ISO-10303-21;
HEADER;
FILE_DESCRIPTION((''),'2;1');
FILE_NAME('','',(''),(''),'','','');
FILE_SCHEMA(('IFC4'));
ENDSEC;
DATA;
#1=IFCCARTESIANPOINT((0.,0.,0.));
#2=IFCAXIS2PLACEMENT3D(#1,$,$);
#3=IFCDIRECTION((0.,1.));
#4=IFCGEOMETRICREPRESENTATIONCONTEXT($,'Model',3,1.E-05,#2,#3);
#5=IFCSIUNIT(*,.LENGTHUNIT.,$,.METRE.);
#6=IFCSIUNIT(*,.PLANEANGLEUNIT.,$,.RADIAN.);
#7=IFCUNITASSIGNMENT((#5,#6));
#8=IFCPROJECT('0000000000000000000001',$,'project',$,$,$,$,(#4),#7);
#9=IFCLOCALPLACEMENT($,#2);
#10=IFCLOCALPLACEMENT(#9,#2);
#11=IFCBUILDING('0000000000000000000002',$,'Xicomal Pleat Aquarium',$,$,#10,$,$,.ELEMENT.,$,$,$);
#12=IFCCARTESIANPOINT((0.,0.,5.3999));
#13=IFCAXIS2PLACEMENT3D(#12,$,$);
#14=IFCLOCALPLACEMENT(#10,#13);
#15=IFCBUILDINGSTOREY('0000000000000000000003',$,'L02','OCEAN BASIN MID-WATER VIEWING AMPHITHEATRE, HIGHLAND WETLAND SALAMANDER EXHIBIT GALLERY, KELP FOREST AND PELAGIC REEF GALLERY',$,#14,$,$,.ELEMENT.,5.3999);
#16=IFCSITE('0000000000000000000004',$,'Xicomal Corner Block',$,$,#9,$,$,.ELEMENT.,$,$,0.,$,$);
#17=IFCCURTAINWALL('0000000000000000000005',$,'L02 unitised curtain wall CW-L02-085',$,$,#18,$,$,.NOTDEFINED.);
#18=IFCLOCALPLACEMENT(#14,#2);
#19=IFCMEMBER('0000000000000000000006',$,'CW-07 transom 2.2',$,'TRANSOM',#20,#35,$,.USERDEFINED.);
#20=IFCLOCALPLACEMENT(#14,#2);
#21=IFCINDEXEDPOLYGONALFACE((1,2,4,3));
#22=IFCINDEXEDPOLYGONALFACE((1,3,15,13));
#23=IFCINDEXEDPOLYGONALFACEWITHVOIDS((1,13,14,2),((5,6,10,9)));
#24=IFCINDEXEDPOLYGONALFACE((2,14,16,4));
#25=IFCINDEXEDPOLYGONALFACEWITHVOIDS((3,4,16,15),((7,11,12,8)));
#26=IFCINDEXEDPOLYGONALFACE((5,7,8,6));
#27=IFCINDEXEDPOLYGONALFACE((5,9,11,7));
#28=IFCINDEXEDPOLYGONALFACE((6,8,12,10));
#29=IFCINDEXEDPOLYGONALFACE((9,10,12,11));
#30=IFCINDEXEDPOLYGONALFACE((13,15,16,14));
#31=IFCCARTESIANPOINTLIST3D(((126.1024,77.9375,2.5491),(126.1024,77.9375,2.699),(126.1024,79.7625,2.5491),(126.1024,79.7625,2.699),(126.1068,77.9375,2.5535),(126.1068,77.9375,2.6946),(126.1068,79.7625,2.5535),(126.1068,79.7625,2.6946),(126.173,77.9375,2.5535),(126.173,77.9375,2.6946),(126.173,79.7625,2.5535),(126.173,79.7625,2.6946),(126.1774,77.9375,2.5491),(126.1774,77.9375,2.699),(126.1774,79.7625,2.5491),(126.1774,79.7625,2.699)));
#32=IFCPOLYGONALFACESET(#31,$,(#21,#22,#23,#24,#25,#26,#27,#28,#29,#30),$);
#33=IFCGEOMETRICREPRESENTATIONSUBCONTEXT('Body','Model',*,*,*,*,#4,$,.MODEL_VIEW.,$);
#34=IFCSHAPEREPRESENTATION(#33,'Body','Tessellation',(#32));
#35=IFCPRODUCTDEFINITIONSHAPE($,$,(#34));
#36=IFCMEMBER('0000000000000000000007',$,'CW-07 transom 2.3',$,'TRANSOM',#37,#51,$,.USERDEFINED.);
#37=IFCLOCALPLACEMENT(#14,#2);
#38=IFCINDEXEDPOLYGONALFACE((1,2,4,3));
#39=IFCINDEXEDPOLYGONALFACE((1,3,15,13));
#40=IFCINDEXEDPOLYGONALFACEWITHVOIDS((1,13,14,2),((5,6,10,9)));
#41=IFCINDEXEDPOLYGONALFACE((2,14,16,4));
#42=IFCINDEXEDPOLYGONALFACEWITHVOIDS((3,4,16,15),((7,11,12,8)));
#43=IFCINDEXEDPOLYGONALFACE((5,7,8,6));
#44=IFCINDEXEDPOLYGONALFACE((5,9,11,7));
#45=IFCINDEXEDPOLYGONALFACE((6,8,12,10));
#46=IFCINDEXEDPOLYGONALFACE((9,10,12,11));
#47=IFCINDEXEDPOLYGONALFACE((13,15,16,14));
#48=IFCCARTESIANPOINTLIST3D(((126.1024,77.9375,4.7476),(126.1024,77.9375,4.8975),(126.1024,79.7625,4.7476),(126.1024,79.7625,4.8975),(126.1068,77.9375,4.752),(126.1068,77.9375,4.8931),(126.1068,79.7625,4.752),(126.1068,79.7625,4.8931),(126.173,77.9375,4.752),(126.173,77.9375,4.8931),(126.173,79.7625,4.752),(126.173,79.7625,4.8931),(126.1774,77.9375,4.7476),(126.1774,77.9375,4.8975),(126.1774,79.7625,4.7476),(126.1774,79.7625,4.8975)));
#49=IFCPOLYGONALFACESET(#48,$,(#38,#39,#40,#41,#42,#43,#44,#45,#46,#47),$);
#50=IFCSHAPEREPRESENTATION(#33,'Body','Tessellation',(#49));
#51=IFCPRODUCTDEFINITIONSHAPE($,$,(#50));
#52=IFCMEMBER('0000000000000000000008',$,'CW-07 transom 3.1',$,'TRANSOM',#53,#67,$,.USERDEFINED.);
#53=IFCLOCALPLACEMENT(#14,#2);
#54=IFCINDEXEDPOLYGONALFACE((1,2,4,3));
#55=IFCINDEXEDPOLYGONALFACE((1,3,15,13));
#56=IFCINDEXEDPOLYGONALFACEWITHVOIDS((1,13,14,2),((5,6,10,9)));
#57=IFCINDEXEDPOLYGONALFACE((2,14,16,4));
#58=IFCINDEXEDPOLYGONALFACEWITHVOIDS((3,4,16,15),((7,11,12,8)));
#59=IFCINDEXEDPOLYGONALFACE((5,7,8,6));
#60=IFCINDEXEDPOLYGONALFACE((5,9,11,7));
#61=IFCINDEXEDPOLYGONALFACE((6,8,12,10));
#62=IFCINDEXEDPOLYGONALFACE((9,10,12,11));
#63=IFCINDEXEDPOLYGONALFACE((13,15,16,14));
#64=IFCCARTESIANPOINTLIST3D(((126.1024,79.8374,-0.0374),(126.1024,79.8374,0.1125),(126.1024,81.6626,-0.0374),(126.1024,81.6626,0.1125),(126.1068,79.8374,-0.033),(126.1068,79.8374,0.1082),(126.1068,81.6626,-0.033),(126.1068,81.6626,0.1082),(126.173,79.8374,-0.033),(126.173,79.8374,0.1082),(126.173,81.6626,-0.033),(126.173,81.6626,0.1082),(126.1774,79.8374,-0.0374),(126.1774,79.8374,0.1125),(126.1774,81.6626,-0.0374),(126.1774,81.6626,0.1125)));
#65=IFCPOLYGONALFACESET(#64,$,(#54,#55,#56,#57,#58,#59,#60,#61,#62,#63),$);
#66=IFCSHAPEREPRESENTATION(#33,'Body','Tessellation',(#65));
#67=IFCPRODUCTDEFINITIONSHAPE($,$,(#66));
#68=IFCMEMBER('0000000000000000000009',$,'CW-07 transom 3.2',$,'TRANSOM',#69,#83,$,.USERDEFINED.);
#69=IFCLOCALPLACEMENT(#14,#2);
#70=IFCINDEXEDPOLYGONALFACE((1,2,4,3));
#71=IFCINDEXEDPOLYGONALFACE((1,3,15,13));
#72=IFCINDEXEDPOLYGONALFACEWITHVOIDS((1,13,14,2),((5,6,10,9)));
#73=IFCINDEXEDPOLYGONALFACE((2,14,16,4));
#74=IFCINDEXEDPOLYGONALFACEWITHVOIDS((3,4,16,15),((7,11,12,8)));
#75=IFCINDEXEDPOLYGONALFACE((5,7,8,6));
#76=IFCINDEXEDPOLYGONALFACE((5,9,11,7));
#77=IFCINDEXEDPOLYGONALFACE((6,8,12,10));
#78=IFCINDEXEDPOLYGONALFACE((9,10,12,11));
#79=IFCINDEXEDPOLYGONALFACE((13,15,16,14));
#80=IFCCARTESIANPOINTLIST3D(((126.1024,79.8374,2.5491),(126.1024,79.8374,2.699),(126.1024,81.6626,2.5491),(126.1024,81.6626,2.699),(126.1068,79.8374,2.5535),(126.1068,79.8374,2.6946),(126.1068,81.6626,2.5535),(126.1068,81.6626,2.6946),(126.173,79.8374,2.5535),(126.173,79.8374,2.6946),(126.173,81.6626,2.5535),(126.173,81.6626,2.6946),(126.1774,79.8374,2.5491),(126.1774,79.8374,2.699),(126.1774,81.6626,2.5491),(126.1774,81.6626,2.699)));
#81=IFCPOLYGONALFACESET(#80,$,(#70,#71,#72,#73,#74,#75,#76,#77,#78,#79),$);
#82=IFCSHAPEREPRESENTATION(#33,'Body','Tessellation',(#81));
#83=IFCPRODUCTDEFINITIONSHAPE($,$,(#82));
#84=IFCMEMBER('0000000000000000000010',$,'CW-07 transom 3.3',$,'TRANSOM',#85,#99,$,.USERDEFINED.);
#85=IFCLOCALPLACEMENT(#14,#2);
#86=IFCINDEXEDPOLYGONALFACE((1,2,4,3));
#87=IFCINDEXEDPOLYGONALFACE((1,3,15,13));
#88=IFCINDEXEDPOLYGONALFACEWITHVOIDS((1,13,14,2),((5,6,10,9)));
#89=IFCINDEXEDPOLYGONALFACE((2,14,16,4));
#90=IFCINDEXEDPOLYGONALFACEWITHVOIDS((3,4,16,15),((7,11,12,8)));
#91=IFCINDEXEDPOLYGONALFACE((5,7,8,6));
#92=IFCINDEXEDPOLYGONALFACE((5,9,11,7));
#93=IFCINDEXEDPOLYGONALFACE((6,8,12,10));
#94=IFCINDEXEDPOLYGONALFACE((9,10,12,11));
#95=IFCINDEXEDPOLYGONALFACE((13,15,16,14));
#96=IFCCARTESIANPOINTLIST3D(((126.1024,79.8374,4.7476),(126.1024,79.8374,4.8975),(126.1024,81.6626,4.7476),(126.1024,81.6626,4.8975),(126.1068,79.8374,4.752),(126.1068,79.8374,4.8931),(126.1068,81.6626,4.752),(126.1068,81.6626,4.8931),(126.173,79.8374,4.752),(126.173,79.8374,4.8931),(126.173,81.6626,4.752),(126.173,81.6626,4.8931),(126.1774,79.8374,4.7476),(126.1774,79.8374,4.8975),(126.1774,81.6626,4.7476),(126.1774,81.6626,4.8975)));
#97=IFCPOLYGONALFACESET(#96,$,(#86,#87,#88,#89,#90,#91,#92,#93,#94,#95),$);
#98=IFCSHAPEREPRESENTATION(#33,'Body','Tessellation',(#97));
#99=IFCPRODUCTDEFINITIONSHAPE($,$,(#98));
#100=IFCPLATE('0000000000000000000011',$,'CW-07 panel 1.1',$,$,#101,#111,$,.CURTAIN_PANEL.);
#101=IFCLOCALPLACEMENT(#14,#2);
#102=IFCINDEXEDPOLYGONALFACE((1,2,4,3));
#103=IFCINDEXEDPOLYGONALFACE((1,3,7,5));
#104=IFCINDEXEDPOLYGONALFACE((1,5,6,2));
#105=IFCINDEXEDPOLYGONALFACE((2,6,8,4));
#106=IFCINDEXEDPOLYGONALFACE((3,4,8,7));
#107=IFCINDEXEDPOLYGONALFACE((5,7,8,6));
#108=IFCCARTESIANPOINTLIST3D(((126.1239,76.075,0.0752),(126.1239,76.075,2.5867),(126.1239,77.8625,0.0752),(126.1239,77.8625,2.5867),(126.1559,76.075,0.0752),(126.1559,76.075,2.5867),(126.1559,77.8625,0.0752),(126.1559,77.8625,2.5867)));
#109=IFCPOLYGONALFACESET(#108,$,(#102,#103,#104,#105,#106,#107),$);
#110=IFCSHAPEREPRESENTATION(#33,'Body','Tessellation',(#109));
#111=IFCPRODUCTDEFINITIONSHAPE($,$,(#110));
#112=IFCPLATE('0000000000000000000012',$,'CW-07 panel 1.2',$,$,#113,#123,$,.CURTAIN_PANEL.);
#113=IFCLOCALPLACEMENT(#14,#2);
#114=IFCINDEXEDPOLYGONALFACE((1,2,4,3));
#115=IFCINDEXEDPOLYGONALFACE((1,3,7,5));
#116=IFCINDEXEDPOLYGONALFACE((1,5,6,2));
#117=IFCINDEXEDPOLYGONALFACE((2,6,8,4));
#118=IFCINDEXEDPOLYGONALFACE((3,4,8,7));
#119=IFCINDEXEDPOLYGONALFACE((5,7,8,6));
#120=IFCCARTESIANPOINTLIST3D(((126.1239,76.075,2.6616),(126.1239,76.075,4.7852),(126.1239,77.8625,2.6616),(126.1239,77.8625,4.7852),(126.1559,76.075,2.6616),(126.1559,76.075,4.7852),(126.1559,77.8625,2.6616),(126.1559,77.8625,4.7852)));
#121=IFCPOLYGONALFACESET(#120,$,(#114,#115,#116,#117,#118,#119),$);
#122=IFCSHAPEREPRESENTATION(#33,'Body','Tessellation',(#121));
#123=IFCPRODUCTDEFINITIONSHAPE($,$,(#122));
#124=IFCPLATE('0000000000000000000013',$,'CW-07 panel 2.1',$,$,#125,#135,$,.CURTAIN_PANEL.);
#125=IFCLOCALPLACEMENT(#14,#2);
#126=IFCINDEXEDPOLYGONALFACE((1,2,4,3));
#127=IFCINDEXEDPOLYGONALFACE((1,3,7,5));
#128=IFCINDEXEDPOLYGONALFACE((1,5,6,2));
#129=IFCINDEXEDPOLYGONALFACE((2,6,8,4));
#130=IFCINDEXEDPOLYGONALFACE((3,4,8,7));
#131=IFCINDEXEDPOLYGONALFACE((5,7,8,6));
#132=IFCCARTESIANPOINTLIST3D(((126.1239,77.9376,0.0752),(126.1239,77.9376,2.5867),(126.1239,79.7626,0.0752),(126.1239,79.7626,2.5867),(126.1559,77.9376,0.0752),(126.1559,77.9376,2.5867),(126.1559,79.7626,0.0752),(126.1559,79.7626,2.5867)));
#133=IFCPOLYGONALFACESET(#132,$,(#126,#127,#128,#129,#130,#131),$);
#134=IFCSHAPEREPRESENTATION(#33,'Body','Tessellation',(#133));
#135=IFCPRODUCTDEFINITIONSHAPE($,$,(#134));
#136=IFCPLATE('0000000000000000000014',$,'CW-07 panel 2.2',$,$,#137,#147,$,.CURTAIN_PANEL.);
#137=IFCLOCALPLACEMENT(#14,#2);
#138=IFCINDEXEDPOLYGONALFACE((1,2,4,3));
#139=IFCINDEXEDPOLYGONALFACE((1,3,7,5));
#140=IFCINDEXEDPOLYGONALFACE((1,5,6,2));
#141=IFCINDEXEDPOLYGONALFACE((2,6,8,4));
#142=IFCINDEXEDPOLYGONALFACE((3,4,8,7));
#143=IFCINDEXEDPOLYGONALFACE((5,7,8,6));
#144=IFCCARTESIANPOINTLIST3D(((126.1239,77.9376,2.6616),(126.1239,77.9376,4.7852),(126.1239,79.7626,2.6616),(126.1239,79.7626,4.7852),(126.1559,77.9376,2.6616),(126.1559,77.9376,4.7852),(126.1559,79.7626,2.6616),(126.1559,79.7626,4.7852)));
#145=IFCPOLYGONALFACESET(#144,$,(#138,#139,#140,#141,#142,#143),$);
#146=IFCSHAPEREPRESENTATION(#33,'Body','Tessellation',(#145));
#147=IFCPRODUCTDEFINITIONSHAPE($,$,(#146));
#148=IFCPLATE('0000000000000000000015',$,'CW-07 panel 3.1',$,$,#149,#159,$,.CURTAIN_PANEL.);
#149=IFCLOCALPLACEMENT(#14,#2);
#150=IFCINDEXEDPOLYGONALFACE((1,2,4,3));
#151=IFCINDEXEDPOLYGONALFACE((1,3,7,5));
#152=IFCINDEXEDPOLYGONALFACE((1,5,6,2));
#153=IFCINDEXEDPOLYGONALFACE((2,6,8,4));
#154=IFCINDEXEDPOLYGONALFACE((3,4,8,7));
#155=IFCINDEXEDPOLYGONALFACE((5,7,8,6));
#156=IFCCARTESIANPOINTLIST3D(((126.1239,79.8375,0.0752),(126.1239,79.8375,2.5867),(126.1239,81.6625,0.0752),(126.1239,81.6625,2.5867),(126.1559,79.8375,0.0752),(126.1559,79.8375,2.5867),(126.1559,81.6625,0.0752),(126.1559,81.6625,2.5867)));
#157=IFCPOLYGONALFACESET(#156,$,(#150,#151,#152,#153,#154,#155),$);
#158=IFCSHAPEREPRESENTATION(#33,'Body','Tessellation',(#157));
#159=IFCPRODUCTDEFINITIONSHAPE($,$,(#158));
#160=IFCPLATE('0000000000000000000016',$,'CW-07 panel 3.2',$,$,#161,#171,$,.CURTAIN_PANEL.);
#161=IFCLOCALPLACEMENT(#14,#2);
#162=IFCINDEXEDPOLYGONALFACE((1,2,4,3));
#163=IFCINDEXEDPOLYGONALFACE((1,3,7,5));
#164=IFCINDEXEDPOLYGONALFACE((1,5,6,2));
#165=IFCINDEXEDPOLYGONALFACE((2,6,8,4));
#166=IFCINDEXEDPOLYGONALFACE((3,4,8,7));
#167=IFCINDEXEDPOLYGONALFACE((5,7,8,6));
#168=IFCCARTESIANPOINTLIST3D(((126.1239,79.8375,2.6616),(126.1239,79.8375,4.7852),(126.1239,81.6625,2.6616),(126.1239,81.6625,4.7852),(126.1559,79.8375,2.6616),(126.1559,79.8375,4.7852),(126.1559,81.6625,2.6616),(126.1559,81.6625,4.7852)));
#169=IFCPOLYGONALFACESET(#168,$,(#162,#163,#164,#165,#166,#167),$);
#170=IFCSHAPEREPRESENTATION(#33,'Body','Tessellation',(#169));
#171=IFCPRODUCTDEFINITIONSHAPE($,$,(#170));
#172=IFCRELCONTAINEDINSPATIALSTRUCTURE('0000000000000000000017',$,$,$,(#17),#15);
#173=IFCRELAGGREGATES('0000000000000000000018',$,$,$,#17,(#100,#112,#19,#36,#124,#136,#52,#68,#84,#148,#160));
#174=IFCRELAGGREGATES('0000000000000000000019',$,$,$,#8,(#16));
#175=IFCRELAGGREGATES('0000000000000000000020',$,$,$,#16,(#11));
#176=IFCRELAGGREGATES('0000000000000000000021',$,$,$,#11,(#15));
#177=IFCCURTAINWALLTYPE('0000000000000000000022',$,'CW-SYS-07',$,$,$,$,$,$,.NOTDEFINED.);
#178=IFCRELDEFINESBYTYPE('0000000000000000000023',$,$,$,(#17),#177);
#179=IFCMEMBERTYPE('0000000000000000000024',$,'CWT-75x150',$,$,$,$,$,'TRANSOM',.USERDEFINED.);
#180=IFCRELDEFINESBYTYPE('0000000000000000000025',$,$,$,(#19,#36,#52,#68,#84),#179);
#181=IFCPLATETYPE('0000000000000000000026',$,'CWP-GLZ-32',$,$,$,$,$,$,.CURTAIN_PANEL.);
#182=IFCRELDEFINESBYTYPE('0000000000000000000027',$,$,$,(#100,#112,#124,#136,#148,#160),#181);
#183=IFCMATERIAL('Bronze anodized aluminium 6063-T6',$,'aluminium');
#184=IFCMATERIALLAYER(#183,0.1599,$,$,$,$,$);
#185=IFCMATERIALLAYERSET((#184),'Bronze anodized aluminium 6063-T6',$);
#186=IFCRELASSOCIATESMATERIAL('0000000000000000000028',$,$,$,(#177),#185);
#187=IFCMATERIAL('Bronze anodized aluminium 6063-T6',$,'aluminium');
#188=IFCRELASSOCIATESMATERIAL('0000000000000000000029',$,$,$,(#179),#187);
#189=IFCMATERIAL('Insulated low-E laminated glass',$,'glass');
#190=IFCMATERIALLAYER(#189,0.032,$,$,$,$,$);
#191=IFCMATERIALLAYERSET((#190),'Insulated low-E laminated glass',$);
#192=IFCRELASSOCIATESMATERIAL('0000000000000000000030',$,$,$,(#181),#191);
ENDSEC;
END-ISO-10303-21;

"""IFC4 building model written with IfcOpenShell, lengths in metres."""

from ifc_helpers import new_model, si_unit, direction, frame, origin, origin_2d, place, context, subcontext, project, spatial, rectangle, hollow_rectangle, extrude, material, layer, layer_set, material_profile, profile_set, type_object, element, aggregate, save


model = new_model("IFC4")

# Units and contexts
model_context = context("Model", 3, precision=1e-05, world=origin(), true_north=direction((0.0, 1.0)))
body_context = subcontext(model_context, "Body", "Model", "MODEL_VIEW")
ifc_project = project(units=[si_unit("LENGTHUNIT", "METRE"), si_unit("PLANEANGLEUNIT", "RADIAN")], contexts=[model_context])

# Site, building, storey
site_placement = place(None, origin())
site = spatial("IfcSite", under=ifc_project, at=site_placement, Name="Xicomal Corner Block", CompositionType="ELEMENT", RefElevation=0.0)
building_placement = place(site_placement, origin())
building = spatial("IfcBuilding", under=site, at=building_placement, Name="Xicomal Pleat Aquarium", CompositionType="ELEMENT")
storey_placement = place(building_placement, frame((0.0, 0.0, 5.3999)))
storey = spatial("IfcBuildingStorey", under=building, at=storey_placement, Name="L02", Description="OCEAN BASIN MID-WATER VIEWING AMPHITHEATRE, HIGHLAND WETLAND SALAMANDER EXHIBIT GALLERY, KELP FOREST AND PELAGIC REEF GALLERY", CompositionType="ELEMENT", Elevation=5.3999)

# Curtain wall
ifc_material_1 = material(Name="Bronze anodized aluminium 6063-T6", Category="aluminium")
ifc_layer_1 = layer(ifc_material_1, 0.1599)
ifc_layer_set_1 = layer_set([ifc_layer_1], Name="Bronze anodized aluminium 6063-T6")
curtain_wall_type_1 = type_object("IfcCurtainWallType", Name="CW-SYS-07", PredefinedType="NOTDEFINED", material=ifc_layer_set_1)
curtain_wall_1_placement = place(storey_placement, origin())
curtain_wall_1 = element("IfcCurtainWall", 1, at=curtain_wall_1_placement, inside=storey, type_object=curtain_wall_type_1, Name="L02 unitised curtain wall CW-L02-085", PredefinedType="NOTDEFINED")

# Members
ifc_material_2 = material(Name="Bronze anodized aluminium 6063-T6", Category="aluminium")
ifc_material_profile_1 = material_profile(ifc_material_2, hollow_rectangle(XDim=0.075, YDim=0.1499, WallThickness=0.0044, at=origin_2d()), Name="ALU TRAN 75x150")
ifc_profile_set_1 = profile_set([ifc_material_profile_1], Name="Bronze anodized aluminium 6063-T6")
member_type_1 = type_object("IfcMemberType", Name="CWT-75x150", ElementType="TRANSOM", PredefinedType="USERDEFINED", material=ifc_profile_set_1)
member_1_placement = place(storey_placement, frame((126.1399, 77.9375, 2.624), z_axis=(0.0, 1.0, 0.0), x_axis=(-1.0, 0.0, 0.0)))
member_1 = element("IfcMember", 2, at=member_1_placement, type_object=member_type_1, Name="CW-07 transom 2.2", ObjectType="TRANSOM", PredefinedType="USERDEFINED", context=body_context, shape_type="SweptSolid", body=[
    extrude(hollow_rectangle(XDim=0.075, YDim=0.1499, WallThickness=0.0044, at=origin_2d()), origin(), (0.0, 0.0, 1.0), 1.825),
])
member_2_placement = place(storey_placement, frame((126.1399, 77.9375, 4.8225), z_axis=(0.0, 1.0, 0.0), x_axis=(-1.0, 0.0, 0.0)))
member_2 = element("IfcMember", 3, at=member_2_placement, type_object=member_type_1, Name="CW-07 transom 2.3", ObjectType="TRANSOM", PredefinedType="USERDEFINED", context=body_context, shape_type="SweptSolid", body=[
    extrude(hollow_rectangle(XDim=0.075, YDim=0.1499, WallThickness=0.0044, at=origin_2d()), origin(), (0.0, 0.0, 1.0), 1.825),
])
member_3_placement = place(storey_placement, frame((126.1399, 79.8374, 0.0376), z_axis=(0.0, 1.0, 0.0), x_axis=(-1.0, 0.0, 0.0)))
member_3 = element("IfcMember", 4, at=member_3_placement, type_object=member_type_1, Name="CW-07 transom 3.1", ObjectType="TRANSOM", PredefinedType="USERDEFINED", context=body_context, shape_type="SweptSolid", body=[
    extrude(hollow_rectangle(XDim=0.075, YDim=0.1499, WallThickness=0.0044, at=origin_2d()), origin(), (0.0, 0.0, 1.0), 1.8252),
])
member_4_placement = place(storey_placement, frame((126.1399, 79.8374, 2.624), z_axis=(0.0, 1.0, 0.0), x_axis=(-1.0, 0.0, 0.0)))
member_4 = element("IfcMember", 5, at=member_4_placement, type_object=member_type_1, Name="CW-07 transom 3.2", ObjectType="TRANSOM", PredefinedType="USERDEFINED", context=body_context, shape_type="SweptSolid", body=[
    extrude(hollow_rectangle(XDim=0.075, YDim=0.1499, WallThickness=0.0044, at=origin_2d()), origin(), (0.0, 0.0, 1.0), 1.8252),
])
member_5_placement = place(storey_placement, frame((126.1399, 79.8374, 4.8225), z_axis=(0.0, 1.0, 0.0), x_axis=(-1.0, 0.0, 0.0)))
member_5 = element("IfcMember", 6, at=member_5_placement, type_object=member_type_1, Name="CW-07 transom 3.3", ObjectType="TRANSOM", PredefinedType="USERDEFINED", context=body_context, shape_type="SweptSolid", body=[
    extrude(hollow_rectangle(XDim=0.075, YDim=0.1499, WallThickness=0.0044, at=origin_2d()), origin(), (0.0, 0.0, 1.0), 1.8252),
])

# Plates
ifc_material_3 = material(Name="Insulated low-E laminated glass", Category="glass")
ifc_layer_2 = layer(ifc_material_3, 0.032)
ifc_layer_set_2 = layer_set([ifc_layer_2], Name="Insulated low-E laminated glass")
plate_type = type_object("IfcPlateType", Name="CWP-GLZ-32", PredefinedType="CURTAIN_PANEL", material=ifc_layer_set_2)
plate_1_placement = place(storey_placement, frame((126.1399, 76.9688, 0.0752), z_axis=(0.0, 0.0, 1.0), x_axis=(0.0, 1.0, 0.0)))
plate_1 = element("IfcPlate", 7, at=plate_1_placement, type_object=plate_type, Name="CW-07 panel 1.1", PredefinedType="CURTAIN_PANEL", context=body_context, shape_type="SweptSolid", body=[
    extrude(rectangle(XDim=1.7876, YDim=0.032, at=origin_2d()), origin(), (0.0, 0.0, 1.0), 2.5115),
])
plate_2_placement = place(storey_placement, frame((126.1399, 76.9688, 2.6616), z_axis=(0.0, 0.0, 1.0), x_axis=(0.0, 1.0, 0.0)))
plate_2 = element("IfcPlate", 8, at=plate_2_placement, type_object=plate_type, Name="CW-07 panel 1.2", PredefinedType="CURTAIN_PANEL", context=body_context, shape_type="SweptSolid", body=[
    extrude(rectangle(XDim=1.7876, YDim=0.032, at=origin_2d()), origin(), (0.0, 0.0, 1.0), 2.1235),
])
plate_3_placement = place(storey_placement, frame((126.1399, 78.8501, 0.0752), z_axis=(0.0, 0.0, 1.0), x_axis=(0.0, 1.0, 0.0)))
plate_3 = element("IfcPlate", 9, at=plate_3_placement, type_object=plate_type, Name="CW-07 panel 2.1", PredefinedType="CURTAIN_PANEL", context=body_context, shape_type="SweptSolid", body=[
    extrude(rectangle(XDim=1.825, YDim=0.032, at=origin_2d()), origin(), (0.0, 0.0, 1.0), 2.5115),
])
plate_4_placement = place(storey_placement, frame((126.1399, 78.8501, 2.6616), z_axis=(0.0, 0.0, 1.0), x_axis=(0.0, 1.0, 0.0)))
plate_4 = element("IfcPlate", 10, at=plate_4_placement, type_object=plate_type, Name="CW-07 panel 2.2", PredefinedType="CURTAIN_PANEL", context=body_context, shape_type="SweptSolid", body=[
    extrude(rectangle(XDim=1.825, YDim=0.032, at=origin_2d()), origin(), (0.0, 0.0, 1.0), 2.1235),
])
plate_5_placement = place(storey_placement, frame((126.1399, 80.75, 0.0752), z_axis=(0.0, 0.0, 1.0), x_axis=(0.0, 1.0, 0.0)))
plate_5 = element("IfcPlate", 11, at=plate_5_placement, type_object=plate_type, Name="CW-07 panel 3.1", PredefinedType="CURTAIN_PANEL", context=body_context, shape_type="SweptSolid", body=[
    extrude(rectangle(XDim=1.825, YDim=0.032, at=origin_2d()), origin(), (0.0, 0.0, 1.0), 2.5115),
])
plate_6_placement = place(storey_placement, frame((126.1399, 80.75, 2.6616), z_axis=(0.0, 0.0, 1.0), x_axis=(0.0, 1.0, 0.0)))
plate_6 = element("IfcPlate", 12, at=plate_6_placement, type_object=plate_type, Name="CW-07 panel 3.2", PredefinedType="CURTAIN_PANEL", context=body_context, shape_type="SweptSolid", body=[
    extrude(rectangle(XDim=1.825, YDim=0.032, at=origin_2d()), origin(), (0.0, 0.0, 1.0), 2.1235),
])
aggregate(curtain_wall_1, [plate_1, plate_2, member_1, member_2, plate_3, plate_4, member_3, member_4, member_5, plate_5, plate_6])

save(model, "model.ifc")
